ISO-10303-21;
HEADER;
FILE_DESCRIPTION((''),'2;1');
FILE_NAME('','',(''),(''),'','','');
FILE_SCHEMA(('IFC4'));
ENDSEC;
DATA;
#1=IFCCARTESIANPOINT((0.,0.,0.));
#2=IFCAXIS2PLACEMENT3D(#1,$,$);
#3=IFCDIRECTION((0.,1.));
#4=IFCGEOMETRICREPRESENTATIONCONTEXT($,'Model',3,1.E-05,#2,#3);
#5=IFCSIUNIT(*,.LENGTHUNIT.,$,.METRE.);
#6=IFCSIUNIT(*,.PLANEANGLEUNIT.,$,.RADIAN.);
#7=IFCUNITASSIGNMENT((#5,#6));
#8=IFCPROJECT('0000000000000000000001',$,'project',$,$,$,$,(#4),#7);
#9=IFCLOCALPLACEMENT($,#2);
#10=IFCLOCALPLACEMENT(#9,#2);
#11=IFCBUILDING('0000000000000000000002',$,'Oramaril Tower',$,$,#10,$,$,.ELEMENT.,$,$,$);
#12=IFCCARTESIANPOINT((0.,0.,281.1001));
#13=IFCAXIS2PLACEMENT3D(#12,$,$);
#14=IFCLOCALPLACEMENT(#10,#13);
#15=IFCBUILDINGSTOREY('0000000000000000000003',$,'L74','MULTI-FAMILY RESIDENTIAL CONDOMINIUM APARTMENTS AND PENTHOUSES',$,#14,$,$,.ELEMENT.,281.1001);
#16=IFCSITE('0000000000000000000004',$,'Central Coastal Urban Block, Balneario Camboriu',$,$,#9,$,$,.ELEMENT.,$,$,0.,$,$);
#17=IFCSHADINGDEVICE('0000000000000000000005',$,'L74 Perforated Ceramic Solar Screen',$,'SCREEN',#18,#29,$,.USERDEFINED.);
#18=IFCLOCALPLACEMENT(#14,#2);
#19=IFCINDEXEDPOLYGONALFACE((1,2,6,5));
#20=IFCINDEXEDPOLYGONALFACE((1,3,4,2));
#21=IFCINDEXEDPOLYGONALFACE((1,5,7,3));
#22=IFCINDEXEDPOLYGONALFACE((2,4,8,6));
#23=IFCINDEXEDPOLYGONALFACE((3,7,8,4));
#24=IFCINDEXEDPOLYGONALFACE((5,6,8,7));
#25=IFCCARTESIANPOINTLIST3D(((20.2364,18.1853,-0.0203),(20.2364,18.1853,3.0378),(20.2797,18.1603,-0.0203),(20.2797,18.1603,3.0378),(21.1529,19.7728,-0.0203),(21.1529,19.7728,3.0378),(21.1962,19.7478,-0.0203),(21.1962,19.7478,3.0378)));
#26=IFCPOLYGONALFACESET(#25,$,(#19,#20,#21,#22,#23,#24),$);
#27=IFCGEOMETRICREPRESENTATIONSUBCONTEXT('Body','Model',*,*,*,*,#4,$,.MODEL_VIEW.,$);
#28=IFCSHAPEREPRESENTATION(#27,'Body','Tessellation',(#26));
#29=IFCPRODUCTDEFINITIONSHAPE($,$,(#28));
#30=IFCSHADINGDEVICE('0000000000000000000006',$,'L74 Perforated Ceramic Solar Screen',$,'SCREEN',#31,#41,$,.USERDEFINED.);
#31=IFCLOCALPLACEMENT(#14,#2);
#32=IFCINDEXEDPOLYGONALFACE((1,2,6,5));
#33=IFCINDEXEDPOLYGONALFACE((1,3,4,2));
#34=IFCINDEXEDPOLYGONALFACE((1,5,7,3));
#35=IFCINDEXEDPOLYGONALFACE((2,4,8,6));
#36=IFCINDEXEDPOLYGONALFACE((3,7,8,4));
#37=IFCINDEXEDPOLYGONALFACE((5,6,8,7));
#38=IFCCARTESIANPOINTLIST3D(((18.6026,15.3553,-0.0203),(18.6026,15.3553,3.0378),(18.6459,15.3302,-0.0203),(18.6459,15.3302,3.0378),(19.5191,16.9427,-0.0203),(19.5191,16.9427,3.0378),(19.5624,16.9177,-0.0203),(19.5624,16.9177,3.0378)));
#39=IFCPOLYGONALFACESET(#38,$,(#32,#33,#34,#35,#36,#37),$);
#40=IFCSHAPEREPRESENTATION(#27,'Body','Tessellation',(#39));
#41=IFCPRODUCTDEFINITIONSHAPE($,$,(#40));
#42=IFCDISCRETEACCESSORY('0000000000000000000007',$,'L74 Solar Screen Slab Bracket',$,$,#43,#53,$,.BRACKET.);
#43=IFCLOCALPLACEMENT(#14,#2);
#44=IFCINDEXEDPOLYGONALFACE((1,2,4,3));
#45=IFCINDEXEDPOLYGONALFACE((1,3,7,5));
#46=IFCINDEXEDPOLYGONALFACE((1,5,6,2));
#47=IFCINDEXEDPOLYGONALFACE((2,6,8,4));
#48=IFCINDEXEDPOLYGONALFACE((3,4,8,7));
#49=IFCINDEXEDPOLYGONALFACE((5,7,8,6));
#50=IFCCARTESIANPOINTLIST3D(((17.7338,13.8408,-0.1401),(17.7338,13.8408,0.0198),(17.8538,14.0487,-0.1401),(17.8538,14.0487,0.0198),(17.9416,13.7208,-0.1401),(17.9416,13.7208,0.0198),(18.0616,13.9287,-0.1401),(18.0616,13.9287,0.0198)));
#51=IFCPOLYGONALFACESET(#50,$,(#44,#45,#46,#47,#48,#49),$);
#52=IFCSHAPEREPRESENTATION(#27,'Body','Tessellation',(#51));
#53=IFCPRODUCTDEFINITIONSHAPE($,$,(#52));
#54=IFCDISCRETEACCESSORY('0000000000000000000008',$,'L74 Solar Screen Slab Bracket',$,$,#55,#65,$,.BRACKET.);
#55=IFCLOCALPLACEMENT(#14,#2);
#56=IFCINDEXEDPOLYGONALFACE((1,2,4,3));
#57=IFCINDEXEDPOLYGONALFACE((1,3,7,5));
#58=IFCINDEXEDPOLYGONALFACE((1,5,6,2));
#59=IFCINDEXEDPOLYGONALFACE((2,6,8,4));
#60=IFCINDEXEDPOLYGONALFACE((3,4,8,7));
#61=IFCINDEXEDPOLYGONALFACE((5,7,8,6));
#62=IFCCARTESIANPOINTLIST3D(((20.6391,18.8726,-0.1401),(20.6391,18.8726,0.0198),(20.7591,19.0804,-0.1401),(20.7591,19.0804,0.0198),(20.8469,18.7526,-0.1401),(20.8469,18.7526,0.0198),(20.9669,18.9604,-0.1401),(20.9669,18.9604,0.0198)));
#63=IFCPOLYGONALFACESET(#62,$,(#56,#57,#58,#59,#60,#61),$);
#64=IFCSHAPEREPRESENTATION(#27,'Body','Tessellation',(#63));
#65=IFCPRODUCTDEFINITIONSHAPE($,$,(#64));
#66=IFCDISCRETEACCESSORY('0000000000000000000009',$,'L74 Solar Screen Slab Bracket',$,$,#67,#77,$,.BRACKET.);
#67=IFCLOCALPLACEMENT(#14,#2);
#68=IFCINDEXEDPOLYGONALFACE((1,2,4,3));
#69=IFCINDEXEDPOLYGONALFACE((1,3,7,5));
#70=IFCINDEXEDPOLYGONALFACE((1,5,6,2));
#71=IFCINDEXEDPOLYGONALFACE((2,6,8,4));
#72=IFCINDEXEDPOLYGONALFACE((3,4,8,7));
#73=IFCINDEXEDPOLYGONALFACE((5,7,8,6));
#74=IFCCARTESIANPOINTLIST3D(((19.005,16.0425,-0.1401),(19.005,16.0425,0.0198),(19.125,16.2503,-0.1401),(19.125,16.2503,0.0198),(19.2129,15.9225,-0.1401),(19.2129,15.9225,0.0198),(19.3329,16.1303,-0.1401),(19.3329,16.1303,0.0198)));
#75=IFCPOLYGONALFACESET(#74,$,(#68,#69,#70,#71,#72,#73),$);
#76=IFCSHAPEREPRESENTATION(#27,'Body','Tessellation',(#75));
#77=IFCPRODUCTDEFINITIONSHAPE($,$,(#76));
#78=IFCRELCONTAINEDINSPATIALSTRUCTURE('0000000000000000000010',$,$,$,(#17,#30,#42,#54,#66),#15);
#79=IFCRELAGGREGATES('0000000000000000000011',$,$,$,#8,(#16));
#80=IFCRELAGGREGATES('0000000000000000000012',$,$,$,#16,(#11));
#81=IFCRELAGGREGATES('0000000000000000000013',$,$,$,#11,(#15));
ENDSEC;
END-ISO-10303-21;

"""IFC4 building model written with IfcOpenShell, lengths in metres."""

from ifc_helpers import new_model, si_unit, direction, frame, origin, origin_2d, place, context, subcontext, project, spatial, rectangle, extrude, element, save


model = new_model("IFC4")

# Units and contexts
model_context = context("Model", 3, precision=1e-05, world=origin(), true_north=direction((0.0, 1.0)))
body_context = subcontext(model_context, "Body", "Model", "MODEL_VIEW")
ifc_project = project(units=[si_unit("LENGTHUNIT", "METRE"), si_unit("PLANEANGLEUNIT", "RADIAN")], contexts=[model_context])

# Site, building, storey
site_placement = place(None, origin())
site = spatial("IfcSite", under=ifc_project, at=site_placement, Name="Central Coastal Urban Block, Balneario Camboriu", CompositionType="ELEMENT", RefElevation=0.0)
building_placement = place(site_placement, origin())
building = spatial("IfcBuilding", under=site, at=building_placement, Name="Oramaril Tower", CompositionType="ELEMENT")
storey_placement = place(building_placement, frame((0.0, 0.0, 281.1001)))
storey = spatial("IfcBuildingStorey", under=building, at=storey_placement, Name="L74", Description="MULTI-FAMILY RESIDENTIAL CONDOMINIUM APARTMENTS AND PENTHOUSES", CompositionType="ELEMENT", Elevation=281.1001)

# Shading devices
for number, where, z_axis, x_axis, name in (
    (1, (20.7163, 18.9666, -0.0203), (0.0, 0.0, 1.0), (-0.5, -0.866025, 0.0), "L74 Perforated Ceramic Solar Screen"),
    (2, (19.0825, 16.1365, -0.0203), (0.0, 0.0, 1.0), (-0.5, -0.866025, 0.0), "L74 Perforated Ceramic Solar Screen"),
):
    element("IfcShadingDevice", number, at=place(storey_placement, frame(where, z_axis=z_axis, x_axis=x_axis)), inside=storey, Name=name, ObjectType="SCREEN", PredefinedType="USERDEFINED", context=body_context, shape_type="SweptSolid", body=[
        extrude(rectangle(XDim=1.833, YDim=0.05, at=origin_2d()), origin(), (0.0, 0.0, 1.0), 3.0581),
    ])

# Discrete accessories
for number, where, z_axis, x_axis, name in (
    (3, (17.8977, 13.8848, -0.1401), (0.0, 0.0, 1.0), (-0.5, -0.866025, 0.0), "L74 Solar Screen Slab Bracket"),
    (4, (20.803, 18.9165, -0.1401), (0.0, 0.0, 1.0), (-0.5, -0.866025, 0.0), "L74 Solar Screen Slab Bracket"),
    (5, (19.1689, 16.0864, -0.1401), (0.0, 0.0, 1.0), (-0.5, -0.866025, 0.0), "L74 Solar Screen Slab Bracket"),
):
    element("IfcDiscreteAccessory", number, at=place(storey_placement, frame(where, z_axis=z_axis, x_axis=x_axis)), inside=storey, Name=name, PredefinedType="BRACKET", context=body_context, shape_type="SweptSolid", body=[
        extrude(rectangle(XDim=0.24, YDim=0.24, at=origin_2d()), origin(), (0.0, 0.0, 1.0), 0.1599),
    ])

save(model, "model.ifc")
